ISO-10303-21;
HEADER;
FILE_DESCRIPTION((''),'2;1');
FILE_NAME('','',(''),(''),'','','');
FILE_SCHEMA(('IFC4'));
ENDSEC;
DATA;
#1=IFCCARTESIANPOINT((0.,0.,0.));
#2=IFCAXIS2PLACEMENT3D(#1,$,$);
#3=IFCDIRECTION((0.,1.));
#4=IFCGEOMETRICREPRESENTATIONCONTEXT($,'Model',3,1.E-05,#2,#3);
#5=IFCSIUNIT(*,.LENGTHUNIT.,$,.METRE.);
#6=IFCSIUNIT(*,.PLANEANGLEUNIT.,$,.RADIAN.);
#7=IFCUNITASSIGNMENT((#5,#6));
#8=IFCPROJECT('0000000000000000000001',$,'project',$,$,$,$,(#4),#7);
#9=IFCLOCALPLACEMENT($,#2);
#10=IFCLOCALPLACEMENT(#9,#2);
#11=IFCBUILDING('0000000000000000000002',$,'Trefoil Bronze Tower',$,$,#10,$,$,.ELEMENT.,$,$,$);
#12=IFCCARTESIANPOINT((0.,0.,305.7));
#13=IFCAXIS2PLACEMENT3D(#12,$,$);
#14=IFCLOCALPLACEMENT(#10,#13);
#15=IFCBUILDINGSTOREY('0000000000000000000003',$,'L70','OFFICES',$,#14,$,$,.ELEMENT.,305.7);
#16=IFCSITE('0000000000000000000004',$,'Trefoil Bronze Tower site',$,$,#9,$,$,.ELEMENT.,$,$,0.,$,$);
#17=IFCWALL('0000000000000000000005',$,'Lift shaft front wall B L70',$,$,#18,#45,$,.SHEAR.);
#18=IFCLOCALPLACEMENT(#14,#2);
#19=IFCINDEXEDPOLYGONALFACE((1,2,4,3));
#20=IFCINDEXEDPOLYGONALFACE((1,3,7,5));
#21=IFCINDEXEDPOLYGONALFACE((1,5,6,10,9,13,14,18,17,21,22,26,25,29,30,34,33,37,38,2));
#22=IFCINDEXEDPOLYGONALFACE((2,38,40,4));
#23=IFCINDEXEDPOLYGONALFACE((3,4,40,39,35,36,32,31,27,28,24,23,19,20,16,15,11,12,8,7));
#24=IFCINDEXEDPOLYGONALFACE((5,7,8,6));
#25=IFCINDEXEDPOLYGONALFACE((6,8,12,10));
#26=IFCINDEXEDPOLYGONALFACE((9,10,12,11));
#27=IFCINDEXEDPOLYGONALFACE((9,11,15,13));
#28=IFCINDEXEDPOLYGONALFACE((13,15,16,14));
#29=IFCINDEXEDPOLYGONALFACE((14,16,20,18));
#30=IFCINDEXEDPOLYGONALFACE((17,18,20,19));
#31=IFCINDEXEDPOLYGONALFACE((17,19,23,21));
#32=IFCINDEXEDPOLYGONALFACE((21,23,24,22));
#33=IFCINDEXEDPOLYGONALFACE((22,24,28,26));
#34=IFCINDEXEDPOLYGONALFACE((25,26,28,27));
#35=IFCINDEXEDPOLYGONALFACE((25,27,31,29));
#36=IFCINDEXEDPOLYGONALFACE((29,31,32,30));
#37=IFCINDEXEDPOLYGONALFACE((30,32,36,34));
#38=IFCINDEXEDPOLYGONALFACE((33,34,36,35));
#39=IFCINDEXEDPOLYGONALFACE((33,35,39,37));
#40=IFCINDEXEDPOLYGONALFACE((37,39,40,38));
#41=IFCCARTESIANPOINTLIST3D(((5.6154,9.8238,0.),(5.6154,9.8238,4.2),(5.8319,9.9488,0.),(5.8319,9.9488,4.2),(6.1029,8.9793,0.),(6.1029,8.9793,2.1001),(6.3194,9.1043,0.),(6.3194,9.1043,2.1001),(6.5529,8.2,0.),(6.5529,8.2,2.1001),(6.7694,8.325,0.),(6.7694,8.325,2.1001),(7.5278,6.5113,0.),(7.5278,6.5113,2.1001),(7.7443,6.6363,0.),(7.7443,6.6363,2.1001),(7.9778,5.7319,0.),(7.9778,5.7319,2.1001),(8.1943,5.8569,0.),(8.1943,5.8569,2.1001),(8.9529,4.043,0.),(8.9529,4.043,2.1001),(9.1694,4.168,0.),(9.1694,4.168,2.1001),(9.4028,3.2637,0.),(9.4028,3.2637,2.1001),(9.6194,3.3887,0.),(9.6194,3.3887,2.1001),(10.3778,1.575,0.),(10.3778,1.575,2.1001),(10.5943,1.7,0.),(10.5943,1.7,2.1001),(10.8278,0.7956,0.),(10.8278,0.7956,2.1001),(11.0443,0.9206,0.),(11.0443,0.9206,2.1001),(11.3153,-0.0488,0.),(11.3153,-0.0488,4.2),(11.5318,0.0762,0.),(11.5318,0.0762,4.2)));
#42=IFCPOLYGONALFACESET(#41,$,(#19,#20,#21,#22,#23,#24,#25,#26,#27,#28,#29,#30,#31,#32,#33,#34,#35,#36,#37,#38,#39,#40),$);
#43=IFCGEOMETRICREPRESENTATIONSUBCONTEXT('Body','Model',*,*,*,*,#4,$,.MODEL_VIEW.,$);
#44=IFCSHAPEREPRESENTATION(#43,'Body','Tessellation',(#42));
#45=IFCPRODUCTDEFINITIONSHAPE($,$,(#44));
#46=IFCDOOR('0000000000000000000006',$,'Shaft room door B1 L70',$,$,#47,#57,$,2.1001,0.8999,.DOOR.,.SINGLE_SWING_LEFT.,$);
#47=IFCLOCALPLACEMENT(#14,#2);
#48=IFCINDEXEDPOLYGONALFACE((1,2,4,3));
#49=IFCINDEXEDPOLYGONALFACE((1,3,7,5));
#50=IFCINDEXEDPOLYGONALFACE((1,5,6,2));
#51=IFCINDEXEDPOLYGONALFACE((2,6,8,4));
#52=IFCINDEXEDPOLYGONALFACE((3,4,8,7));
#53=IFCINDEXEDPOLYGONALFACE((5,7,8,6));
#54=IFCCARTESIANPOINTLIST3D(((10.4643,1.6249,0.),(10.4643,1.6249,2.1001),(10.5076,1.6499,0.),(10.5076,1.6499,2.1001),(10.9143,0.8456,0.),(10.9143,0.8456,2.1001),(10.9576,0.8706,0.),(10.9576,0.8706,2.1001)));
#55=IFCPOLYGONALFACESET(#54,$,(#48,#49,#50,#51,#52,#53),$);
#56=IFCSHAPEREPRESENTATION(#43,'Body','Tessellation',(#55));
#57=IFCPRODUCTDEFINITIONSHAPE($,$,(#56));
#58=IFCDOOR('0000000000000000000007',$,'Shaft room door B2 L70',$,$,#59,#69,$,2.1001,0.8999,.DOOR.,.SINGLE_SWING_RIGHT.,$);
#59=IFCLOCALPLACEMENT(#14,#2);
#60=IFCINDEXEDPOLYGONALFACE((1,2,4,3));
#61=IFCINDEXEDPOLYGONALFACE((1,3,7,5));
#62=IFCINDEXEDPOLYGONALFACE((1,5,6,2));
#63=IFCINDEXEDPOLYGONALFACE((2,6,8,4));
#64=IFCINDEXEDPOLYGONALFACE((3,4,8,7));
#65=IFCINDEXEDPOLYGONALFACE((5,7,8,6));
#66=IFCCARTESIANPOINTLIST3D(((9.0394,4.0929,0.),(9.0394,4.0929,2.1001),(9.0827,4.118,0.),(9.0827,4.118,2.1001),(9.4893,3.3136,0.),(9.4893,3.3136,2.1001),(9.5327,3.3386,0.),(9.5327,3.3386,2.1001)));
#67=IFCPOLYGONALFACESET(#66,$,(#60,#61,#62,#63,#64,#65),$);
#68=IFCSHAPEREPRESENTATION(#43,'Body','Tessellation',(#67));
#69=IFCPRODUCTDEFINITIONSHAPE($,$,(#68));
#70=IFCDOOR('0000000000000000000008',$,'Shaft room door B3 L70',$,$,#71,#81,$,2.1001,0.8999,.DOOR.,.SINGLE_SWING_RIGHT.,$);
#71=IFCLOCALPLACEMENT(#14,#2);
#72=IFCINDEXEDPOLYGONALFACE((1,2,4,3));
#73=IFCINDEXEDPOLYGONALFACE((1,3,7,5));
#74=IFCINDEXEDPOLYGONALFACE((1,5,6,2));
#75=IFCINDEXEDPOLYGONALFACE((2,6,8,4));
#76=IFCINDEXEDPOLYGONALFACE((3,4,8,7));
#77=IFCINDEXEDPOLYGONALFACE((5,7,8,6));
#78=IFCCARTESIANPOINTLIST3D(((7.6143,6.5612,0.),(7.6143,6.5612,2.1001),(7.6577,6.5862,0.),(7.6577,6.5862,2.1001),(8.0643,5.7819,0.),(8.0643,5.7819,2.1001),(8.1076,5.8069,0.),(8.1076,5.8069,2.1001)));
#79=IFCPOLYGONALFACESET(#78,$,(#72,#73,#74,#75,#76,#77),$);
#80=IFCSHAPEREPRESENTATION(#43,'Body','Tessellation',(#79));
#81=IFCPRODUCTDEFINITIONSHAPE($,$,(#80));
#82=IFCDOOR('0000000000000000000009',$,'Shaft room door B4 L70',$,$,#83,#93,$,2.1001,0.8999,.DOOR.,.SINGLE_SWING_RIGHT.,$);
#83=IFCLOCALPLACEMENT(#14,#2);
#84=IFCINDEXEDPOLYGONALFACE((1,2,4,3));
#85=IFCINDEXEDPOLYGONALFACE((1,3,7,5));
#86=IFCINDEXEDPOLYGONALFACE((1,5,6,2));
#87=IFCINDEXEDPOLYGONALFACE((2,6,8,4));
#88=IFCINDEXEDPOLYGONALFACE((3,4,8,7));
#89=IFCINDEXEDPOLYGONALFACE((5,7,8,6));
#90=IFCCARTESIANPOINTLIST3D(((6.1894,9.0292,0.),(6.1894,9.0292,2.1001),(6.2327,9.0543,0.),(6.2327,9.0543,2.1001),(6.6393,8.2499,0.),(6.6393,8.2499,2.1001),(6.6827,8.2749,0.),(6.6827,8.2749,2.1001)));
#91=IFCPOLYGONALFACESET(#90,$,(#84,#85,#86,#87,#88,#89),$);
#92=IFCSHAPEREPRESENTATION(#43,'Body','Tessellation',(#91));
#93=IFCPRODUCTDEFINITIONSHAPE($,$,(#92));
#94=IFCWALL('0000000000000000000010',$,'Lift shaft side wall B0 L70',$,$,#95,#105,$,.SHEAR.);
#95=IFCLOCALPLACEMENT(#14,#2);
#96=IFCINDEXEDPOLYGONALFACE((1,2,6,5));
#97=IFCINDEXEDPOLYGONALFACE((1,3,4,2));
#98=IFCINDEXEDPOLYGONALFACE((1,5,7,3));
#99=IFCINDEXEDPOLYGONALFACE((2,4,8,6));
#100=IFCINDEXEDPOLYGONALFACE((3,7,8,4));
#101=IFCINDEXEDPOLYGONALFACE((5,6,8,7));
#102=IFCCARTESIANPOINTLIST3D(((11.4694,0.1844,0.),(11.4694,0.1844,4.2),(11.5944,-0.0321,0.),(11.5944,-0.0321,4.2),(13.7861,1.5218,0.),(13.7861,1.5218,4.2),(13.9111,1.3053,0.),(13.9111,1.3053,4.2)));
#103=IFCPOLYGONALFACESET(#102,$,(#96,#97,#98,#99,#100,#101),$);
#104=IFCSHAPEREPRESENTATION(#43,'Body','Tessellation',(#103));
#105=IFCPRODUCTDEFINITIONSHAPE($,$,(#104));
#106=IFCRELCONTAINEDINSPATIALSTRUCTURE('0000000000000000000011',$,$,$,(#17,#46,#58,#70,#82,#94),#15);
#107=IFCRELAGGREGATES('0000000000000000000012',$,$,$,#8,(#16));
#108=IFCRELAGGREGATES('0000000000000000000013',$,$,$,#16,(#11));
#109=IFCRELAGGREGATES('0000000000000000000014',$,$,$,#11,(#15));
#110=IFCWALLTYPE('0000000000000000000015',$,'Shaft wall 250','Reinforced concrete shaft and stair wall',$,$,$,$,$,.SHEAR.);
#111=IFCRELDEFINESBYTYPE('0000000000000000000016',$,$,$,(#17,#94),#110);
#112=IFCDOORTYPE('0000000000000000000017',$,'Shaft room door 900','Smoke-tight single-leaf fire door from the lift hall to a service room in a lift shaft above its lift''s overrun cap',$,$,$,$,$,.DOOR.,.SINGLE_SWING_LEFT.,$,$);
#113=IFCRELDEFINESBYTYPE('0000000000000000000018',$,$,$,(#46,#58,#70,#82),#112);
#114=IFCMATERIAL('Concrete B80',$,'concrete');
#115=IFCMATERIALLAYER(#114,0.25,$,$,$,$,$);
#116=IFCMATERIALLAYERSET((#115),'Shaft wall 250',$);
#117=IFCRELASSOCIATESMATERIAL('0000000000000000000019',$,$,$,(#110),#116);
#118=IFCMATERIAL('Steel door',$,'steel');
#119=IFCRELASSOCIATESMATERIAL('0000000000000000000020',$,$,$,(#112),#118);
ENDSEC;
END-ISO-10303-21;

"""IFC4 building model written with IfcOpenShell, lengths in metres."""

from ifc_helpers import new_model, si_unit, direction, frame, frame_2d, origin, place, context, subcontext, project, spatial, rectangle, extrude, material, layer, layer_set, type_object, element, fill, save


model = new_model("IFC4")

# Units and contexts
model_context = context("Model", 3, precision=1e-05, world=origin(), true_north=direction((0.0, 1.0)))
body_context = subcontext(model_context, "Body", "Model", "MODEL_VIEW")
ifc_project = project(units=[si_unit("LENGTHUNIT", "METRE"), si_unit("PLANEANGLEUNIT", "RADIAN")], contexts=[model_context])

# Site, building, storey
site_placement = place(None, origin())
site = spatial("IfcSite", under=ifc_project, at=site_placement, Name="Trefoil Bronze Tower site", CompositionType="ELEMENT", RefElevation=0.0)
building_placement = place(site_placement, origin())
building = spatial("IfcBuilding", under=site, at=building_placement, Name="Trefoil Bronze Tower", CompositionType="ELEMENT")
storey_placement = place(building_placement, frame((0.0, 0.0, 305.7)))
storey = spatial("IfcBuildingStorey", under=building, at=storey_placement, Name="L70", Description="OFFICES", CompositionType="ELEMENT", Elevation=305.7)

# Wall, openings, doors
ifc_material_1 = material(Name="Concrete B80", Category="concrete")
ifc_layer_1 = layer(ifc_material_1, 0.25)
ifc_layer_set_1 = layer_set([ifc_layer_1], Name="Shaft wall 250")
wall_type_1 = type_object("IfcWallType", Name="Shaft wall 250", Description="Reinforced concrete shaft and stair wall", PredefinedType="SHEAR", material=ifc_layer_set_1)
wall_1_placement = place(storey_placement, frame((11.4236, 0.0137, 0.0), z_axis=(0.0, 0.0, 1.0), x_axis=(-0.500002, 0.866024, 0.0)))
wall_1 = element("IfcWall", 1, at=wall_1_placement, inside=storey, type_object=wall_type_1, Name="Lift shaft front wall B L70", PredefinedType="SHEAR", context=body_context, shape_type="SweptSolid", body=[
    extrude(rectangle(XDim=11.3999, YDim=0.25, at=frame_2d((5.7, 0.0))), origin(), (0.0, 0.0, 1.0), 4.2),
])
opening_1_placement = place(wall_1_placement, frame((0.9751, 0.0, 0.0)))
opening_1 = element("IfcOpeningElement", 2, at=opening_1_placement, cuts=wall_1, PredefinedType="OPENING", context=body_context, shape_type="SweptSolid", body=[
    extrude(rectangle(XDim=0.8999, YDim=2.1001, at=frame_2d((0.45, 1.05))), frame((0.0, 0.135, 0.0), z_axis=(0.0, -1.0, 0.0), x_axis=(1.0, 0.0, 0.0)), (0.0, 0.0, 1.0), 0.27),
])
opening_2_placement = place(wall_1_placement, frame((3.825, 0.0, 0.0)))
opening_2 = element("IfcOpeningElement", 3, at=opening_2_placement, cuts=wall_1, PredefinedType="OPENING", context=body_context, shape_type="SweptSolid", body=[
    extrude(rectangle(XDim=0.8999, YDim=2.1001, at=frame_2d((0.45, 1.05))), frame((0.0, 0.135, 0.0), z_axis=(0.0, -1.0, 0.0), x_axis=(1.0, 0.0, 0.0)), (0.0, 0.0, 1.0), 0.27),
])
opening_3_placement = place(wall_1_placement, frame((6.675, 0.0, 0.0)))
opening_3 = element("IfcOpeningElement", 4, at=opening_3_placement, cuts=wall_1, PredefinedType="OPENING", context=body_context, shape_type="SweptSolid", body=[
    extrude(rectangle(XDim=0.8999, YDim=2.1001, at=frame_2d((0.45, 1.05))), frame((0.0, 0.135, 0.0), z_axis=(0.0, -1.0, 0.0), x_axis=(1.0, 0.0, 0.0)), (0.0, 0.0, 1.0), 0.27),
])
opening_4_placement = place(wall_1_placement, frame((9.5249, 0.0, 0.0)))
opening_4 = element("IfcOpeningElement", 5, at=opening_4_placement, cuts=wall_1, PredefinedType="OPENING", context=body_context, shape_type="SweptSolid", body=[
    extrude(rectangle(XDim=0.8999, YDim=2.1001, at=frame_2d((0.45, 1.05))), frame((0.0, 0.135, 0.0), z_axis=(0.0, -1.0, 0.0), x_axis=(1.0, 0.0, 0.0)), (0.0, 0.0, 1.0), 0.27),
])
ifc_material_2 = material(Name="Steel door", Category="steel")
door_type_1 = type_object("IfcDoorType", Name="Shaft room door 900", Description="Smoke-tight single-leaf fire door from the lift hall to a service room in a lift shaft above its lift's overrun cap", OperationType="SINGLE_SWING_LEFT", PredefinedType="DOOR", material=ifc_material_2)
door_1_placement = place(opening_1_placement, frame((0.8999, 0.0, 0.0), z_axis=(0.0, 0.0, 1.0), x_axis=(-1.0, 0.0, 0.0)))
door_1 = element("IfcDoor", 6, at=door_1_placement, inside=storey, type_object=door_type_1, Name="Shaft room door B1 L70", OperationType="SINGLE_SWING_LEFT", OverallHeight=2.1001, OverallWidth=0.8999, PredefinedType="DOOR", context=body_context, shape_type="SweptSolid", body=[
    extrude(rectangle(XDim=0.8999, YDim=2.1001, at=frame_2d((0.45, 1.05))), frame((0.0, 0.0249, 0.0), z_axis=(0.0, -1.0, 0.0), x_axis=(1.0, 0.0, 0.0)), (0.0, 0.0, 1.0), 0.05),
])
fill(opening_1, door_1)
door_2_placement = place(opening_2_placement, frame((0.8999, 0.0, 0.0), z_axis=(0.0, 0.0, 1.0), x_axis=(-1.0, 0.0, 0.0)))
door_2 = element("IfcDoor", 7, at=door_2_placement, inside=storey, type_object=door_type_1, Name="Shaft room door B2 L70", OperationType="SINGLE_SWING_RIGHT", OverallHeight=2.1001, OverallWidth=0.8999, PredefinedType="DOOR", context=body_context, shape_type="SweptSolid", body=[
    extrude(rectangle(XDim=0.8999, YDim=2.1001, at=frame_2d((0.45, 1.05))), frame((0.0, 0.0249, 0.0), z_axis=(0.0, -1.0, 0.0), x_axis=(1.0, 0.0, 0.0)), (0.0, 0.0, 1.0), 0.05),
])
fill(opening_2, door_2)
door_3_placement = place(opening_3_placement, frame((0.8999, 0.0, 0.0), z_axis=(0.0, 0.0, 1.0), x_axis=(-1.0, 0.0, 0.0)))
door_3 = element("IfcDoor", 8, at=door_3_placement, inside=storey, type_object=door_type_1, Name="Shaft room door B3 L70", OperationType="SINGLE_SWING_RIGHT", OverallHeight=2.1001, OverallWidth=0.8999, PredefinedType="DOOR", context=body_context, shape_type="SweptSolid", body=[
    extrude(rectangle(XDim=0.8999, YDim=2.1001, at=frame_2d((0.45, 1.05))), frame((0.0, 0.0249, 0.0), z_axis=(0.0, -1.0, 0.0), x_axis=(1.0, 0.0, 0.0)), (0.0, 0.0, 1.0), 0.05),
])
fill(opening_3, door_3)
door_4_placement = place(opening_4_placement, frame((0.8999, 0.0, 0.0), z_axis=(0.0, 0.0, 1.0), x_axis=(-1.0, 0.0, 0.0)))
door_4 = element("IfcDoor", 9, at=door_4_placement, inside=storey, type_object=door_type_1, Name="Shaft room door B4 L70", OperationType="SINGLE_SWING_RIGHT", OverallHeight=2.1001, OverallWidth=0.8999, PredefinedType="DOOR", context=body_context, shape_type="SweptSolid", body=[
    extrude(rectangle(XDim=0.8999, YDim=2.1001, at=frame_2d((0.45, 1.05))), frame((0.0, 0.0249, 0.0), z_axis=(0.0, -1.0, 0.0), x_axis=(1.0, 0.0, 0.0)), (0.0, 0.0, 1.0), 0.05),
])
fill(opening_4, door_4)

# Wall
wall_2_placement = place(storey_placement, frame((11.532, 0.0762, 0.0), z_axis=(0.0, 0.0, 1.0), x_axis=(0.866044, 0.499967, 0.0)))
element("IfcWall", 10, at=wall_2_placement, inside=storey, type_object=wall_type_1, Name="Lift shaft side wall B0 L70", PredefinedType="SHEAR", context=body_context, shape_type="SweptSolid", body=[
    extrude(rectangle(XDim=2.675, YDim=0.25, at=frame_2d((1.3374, 0.0))), origin(), (0.0, 0.0, 1.0), 4.2),
])

save(model, "model.ifc")
